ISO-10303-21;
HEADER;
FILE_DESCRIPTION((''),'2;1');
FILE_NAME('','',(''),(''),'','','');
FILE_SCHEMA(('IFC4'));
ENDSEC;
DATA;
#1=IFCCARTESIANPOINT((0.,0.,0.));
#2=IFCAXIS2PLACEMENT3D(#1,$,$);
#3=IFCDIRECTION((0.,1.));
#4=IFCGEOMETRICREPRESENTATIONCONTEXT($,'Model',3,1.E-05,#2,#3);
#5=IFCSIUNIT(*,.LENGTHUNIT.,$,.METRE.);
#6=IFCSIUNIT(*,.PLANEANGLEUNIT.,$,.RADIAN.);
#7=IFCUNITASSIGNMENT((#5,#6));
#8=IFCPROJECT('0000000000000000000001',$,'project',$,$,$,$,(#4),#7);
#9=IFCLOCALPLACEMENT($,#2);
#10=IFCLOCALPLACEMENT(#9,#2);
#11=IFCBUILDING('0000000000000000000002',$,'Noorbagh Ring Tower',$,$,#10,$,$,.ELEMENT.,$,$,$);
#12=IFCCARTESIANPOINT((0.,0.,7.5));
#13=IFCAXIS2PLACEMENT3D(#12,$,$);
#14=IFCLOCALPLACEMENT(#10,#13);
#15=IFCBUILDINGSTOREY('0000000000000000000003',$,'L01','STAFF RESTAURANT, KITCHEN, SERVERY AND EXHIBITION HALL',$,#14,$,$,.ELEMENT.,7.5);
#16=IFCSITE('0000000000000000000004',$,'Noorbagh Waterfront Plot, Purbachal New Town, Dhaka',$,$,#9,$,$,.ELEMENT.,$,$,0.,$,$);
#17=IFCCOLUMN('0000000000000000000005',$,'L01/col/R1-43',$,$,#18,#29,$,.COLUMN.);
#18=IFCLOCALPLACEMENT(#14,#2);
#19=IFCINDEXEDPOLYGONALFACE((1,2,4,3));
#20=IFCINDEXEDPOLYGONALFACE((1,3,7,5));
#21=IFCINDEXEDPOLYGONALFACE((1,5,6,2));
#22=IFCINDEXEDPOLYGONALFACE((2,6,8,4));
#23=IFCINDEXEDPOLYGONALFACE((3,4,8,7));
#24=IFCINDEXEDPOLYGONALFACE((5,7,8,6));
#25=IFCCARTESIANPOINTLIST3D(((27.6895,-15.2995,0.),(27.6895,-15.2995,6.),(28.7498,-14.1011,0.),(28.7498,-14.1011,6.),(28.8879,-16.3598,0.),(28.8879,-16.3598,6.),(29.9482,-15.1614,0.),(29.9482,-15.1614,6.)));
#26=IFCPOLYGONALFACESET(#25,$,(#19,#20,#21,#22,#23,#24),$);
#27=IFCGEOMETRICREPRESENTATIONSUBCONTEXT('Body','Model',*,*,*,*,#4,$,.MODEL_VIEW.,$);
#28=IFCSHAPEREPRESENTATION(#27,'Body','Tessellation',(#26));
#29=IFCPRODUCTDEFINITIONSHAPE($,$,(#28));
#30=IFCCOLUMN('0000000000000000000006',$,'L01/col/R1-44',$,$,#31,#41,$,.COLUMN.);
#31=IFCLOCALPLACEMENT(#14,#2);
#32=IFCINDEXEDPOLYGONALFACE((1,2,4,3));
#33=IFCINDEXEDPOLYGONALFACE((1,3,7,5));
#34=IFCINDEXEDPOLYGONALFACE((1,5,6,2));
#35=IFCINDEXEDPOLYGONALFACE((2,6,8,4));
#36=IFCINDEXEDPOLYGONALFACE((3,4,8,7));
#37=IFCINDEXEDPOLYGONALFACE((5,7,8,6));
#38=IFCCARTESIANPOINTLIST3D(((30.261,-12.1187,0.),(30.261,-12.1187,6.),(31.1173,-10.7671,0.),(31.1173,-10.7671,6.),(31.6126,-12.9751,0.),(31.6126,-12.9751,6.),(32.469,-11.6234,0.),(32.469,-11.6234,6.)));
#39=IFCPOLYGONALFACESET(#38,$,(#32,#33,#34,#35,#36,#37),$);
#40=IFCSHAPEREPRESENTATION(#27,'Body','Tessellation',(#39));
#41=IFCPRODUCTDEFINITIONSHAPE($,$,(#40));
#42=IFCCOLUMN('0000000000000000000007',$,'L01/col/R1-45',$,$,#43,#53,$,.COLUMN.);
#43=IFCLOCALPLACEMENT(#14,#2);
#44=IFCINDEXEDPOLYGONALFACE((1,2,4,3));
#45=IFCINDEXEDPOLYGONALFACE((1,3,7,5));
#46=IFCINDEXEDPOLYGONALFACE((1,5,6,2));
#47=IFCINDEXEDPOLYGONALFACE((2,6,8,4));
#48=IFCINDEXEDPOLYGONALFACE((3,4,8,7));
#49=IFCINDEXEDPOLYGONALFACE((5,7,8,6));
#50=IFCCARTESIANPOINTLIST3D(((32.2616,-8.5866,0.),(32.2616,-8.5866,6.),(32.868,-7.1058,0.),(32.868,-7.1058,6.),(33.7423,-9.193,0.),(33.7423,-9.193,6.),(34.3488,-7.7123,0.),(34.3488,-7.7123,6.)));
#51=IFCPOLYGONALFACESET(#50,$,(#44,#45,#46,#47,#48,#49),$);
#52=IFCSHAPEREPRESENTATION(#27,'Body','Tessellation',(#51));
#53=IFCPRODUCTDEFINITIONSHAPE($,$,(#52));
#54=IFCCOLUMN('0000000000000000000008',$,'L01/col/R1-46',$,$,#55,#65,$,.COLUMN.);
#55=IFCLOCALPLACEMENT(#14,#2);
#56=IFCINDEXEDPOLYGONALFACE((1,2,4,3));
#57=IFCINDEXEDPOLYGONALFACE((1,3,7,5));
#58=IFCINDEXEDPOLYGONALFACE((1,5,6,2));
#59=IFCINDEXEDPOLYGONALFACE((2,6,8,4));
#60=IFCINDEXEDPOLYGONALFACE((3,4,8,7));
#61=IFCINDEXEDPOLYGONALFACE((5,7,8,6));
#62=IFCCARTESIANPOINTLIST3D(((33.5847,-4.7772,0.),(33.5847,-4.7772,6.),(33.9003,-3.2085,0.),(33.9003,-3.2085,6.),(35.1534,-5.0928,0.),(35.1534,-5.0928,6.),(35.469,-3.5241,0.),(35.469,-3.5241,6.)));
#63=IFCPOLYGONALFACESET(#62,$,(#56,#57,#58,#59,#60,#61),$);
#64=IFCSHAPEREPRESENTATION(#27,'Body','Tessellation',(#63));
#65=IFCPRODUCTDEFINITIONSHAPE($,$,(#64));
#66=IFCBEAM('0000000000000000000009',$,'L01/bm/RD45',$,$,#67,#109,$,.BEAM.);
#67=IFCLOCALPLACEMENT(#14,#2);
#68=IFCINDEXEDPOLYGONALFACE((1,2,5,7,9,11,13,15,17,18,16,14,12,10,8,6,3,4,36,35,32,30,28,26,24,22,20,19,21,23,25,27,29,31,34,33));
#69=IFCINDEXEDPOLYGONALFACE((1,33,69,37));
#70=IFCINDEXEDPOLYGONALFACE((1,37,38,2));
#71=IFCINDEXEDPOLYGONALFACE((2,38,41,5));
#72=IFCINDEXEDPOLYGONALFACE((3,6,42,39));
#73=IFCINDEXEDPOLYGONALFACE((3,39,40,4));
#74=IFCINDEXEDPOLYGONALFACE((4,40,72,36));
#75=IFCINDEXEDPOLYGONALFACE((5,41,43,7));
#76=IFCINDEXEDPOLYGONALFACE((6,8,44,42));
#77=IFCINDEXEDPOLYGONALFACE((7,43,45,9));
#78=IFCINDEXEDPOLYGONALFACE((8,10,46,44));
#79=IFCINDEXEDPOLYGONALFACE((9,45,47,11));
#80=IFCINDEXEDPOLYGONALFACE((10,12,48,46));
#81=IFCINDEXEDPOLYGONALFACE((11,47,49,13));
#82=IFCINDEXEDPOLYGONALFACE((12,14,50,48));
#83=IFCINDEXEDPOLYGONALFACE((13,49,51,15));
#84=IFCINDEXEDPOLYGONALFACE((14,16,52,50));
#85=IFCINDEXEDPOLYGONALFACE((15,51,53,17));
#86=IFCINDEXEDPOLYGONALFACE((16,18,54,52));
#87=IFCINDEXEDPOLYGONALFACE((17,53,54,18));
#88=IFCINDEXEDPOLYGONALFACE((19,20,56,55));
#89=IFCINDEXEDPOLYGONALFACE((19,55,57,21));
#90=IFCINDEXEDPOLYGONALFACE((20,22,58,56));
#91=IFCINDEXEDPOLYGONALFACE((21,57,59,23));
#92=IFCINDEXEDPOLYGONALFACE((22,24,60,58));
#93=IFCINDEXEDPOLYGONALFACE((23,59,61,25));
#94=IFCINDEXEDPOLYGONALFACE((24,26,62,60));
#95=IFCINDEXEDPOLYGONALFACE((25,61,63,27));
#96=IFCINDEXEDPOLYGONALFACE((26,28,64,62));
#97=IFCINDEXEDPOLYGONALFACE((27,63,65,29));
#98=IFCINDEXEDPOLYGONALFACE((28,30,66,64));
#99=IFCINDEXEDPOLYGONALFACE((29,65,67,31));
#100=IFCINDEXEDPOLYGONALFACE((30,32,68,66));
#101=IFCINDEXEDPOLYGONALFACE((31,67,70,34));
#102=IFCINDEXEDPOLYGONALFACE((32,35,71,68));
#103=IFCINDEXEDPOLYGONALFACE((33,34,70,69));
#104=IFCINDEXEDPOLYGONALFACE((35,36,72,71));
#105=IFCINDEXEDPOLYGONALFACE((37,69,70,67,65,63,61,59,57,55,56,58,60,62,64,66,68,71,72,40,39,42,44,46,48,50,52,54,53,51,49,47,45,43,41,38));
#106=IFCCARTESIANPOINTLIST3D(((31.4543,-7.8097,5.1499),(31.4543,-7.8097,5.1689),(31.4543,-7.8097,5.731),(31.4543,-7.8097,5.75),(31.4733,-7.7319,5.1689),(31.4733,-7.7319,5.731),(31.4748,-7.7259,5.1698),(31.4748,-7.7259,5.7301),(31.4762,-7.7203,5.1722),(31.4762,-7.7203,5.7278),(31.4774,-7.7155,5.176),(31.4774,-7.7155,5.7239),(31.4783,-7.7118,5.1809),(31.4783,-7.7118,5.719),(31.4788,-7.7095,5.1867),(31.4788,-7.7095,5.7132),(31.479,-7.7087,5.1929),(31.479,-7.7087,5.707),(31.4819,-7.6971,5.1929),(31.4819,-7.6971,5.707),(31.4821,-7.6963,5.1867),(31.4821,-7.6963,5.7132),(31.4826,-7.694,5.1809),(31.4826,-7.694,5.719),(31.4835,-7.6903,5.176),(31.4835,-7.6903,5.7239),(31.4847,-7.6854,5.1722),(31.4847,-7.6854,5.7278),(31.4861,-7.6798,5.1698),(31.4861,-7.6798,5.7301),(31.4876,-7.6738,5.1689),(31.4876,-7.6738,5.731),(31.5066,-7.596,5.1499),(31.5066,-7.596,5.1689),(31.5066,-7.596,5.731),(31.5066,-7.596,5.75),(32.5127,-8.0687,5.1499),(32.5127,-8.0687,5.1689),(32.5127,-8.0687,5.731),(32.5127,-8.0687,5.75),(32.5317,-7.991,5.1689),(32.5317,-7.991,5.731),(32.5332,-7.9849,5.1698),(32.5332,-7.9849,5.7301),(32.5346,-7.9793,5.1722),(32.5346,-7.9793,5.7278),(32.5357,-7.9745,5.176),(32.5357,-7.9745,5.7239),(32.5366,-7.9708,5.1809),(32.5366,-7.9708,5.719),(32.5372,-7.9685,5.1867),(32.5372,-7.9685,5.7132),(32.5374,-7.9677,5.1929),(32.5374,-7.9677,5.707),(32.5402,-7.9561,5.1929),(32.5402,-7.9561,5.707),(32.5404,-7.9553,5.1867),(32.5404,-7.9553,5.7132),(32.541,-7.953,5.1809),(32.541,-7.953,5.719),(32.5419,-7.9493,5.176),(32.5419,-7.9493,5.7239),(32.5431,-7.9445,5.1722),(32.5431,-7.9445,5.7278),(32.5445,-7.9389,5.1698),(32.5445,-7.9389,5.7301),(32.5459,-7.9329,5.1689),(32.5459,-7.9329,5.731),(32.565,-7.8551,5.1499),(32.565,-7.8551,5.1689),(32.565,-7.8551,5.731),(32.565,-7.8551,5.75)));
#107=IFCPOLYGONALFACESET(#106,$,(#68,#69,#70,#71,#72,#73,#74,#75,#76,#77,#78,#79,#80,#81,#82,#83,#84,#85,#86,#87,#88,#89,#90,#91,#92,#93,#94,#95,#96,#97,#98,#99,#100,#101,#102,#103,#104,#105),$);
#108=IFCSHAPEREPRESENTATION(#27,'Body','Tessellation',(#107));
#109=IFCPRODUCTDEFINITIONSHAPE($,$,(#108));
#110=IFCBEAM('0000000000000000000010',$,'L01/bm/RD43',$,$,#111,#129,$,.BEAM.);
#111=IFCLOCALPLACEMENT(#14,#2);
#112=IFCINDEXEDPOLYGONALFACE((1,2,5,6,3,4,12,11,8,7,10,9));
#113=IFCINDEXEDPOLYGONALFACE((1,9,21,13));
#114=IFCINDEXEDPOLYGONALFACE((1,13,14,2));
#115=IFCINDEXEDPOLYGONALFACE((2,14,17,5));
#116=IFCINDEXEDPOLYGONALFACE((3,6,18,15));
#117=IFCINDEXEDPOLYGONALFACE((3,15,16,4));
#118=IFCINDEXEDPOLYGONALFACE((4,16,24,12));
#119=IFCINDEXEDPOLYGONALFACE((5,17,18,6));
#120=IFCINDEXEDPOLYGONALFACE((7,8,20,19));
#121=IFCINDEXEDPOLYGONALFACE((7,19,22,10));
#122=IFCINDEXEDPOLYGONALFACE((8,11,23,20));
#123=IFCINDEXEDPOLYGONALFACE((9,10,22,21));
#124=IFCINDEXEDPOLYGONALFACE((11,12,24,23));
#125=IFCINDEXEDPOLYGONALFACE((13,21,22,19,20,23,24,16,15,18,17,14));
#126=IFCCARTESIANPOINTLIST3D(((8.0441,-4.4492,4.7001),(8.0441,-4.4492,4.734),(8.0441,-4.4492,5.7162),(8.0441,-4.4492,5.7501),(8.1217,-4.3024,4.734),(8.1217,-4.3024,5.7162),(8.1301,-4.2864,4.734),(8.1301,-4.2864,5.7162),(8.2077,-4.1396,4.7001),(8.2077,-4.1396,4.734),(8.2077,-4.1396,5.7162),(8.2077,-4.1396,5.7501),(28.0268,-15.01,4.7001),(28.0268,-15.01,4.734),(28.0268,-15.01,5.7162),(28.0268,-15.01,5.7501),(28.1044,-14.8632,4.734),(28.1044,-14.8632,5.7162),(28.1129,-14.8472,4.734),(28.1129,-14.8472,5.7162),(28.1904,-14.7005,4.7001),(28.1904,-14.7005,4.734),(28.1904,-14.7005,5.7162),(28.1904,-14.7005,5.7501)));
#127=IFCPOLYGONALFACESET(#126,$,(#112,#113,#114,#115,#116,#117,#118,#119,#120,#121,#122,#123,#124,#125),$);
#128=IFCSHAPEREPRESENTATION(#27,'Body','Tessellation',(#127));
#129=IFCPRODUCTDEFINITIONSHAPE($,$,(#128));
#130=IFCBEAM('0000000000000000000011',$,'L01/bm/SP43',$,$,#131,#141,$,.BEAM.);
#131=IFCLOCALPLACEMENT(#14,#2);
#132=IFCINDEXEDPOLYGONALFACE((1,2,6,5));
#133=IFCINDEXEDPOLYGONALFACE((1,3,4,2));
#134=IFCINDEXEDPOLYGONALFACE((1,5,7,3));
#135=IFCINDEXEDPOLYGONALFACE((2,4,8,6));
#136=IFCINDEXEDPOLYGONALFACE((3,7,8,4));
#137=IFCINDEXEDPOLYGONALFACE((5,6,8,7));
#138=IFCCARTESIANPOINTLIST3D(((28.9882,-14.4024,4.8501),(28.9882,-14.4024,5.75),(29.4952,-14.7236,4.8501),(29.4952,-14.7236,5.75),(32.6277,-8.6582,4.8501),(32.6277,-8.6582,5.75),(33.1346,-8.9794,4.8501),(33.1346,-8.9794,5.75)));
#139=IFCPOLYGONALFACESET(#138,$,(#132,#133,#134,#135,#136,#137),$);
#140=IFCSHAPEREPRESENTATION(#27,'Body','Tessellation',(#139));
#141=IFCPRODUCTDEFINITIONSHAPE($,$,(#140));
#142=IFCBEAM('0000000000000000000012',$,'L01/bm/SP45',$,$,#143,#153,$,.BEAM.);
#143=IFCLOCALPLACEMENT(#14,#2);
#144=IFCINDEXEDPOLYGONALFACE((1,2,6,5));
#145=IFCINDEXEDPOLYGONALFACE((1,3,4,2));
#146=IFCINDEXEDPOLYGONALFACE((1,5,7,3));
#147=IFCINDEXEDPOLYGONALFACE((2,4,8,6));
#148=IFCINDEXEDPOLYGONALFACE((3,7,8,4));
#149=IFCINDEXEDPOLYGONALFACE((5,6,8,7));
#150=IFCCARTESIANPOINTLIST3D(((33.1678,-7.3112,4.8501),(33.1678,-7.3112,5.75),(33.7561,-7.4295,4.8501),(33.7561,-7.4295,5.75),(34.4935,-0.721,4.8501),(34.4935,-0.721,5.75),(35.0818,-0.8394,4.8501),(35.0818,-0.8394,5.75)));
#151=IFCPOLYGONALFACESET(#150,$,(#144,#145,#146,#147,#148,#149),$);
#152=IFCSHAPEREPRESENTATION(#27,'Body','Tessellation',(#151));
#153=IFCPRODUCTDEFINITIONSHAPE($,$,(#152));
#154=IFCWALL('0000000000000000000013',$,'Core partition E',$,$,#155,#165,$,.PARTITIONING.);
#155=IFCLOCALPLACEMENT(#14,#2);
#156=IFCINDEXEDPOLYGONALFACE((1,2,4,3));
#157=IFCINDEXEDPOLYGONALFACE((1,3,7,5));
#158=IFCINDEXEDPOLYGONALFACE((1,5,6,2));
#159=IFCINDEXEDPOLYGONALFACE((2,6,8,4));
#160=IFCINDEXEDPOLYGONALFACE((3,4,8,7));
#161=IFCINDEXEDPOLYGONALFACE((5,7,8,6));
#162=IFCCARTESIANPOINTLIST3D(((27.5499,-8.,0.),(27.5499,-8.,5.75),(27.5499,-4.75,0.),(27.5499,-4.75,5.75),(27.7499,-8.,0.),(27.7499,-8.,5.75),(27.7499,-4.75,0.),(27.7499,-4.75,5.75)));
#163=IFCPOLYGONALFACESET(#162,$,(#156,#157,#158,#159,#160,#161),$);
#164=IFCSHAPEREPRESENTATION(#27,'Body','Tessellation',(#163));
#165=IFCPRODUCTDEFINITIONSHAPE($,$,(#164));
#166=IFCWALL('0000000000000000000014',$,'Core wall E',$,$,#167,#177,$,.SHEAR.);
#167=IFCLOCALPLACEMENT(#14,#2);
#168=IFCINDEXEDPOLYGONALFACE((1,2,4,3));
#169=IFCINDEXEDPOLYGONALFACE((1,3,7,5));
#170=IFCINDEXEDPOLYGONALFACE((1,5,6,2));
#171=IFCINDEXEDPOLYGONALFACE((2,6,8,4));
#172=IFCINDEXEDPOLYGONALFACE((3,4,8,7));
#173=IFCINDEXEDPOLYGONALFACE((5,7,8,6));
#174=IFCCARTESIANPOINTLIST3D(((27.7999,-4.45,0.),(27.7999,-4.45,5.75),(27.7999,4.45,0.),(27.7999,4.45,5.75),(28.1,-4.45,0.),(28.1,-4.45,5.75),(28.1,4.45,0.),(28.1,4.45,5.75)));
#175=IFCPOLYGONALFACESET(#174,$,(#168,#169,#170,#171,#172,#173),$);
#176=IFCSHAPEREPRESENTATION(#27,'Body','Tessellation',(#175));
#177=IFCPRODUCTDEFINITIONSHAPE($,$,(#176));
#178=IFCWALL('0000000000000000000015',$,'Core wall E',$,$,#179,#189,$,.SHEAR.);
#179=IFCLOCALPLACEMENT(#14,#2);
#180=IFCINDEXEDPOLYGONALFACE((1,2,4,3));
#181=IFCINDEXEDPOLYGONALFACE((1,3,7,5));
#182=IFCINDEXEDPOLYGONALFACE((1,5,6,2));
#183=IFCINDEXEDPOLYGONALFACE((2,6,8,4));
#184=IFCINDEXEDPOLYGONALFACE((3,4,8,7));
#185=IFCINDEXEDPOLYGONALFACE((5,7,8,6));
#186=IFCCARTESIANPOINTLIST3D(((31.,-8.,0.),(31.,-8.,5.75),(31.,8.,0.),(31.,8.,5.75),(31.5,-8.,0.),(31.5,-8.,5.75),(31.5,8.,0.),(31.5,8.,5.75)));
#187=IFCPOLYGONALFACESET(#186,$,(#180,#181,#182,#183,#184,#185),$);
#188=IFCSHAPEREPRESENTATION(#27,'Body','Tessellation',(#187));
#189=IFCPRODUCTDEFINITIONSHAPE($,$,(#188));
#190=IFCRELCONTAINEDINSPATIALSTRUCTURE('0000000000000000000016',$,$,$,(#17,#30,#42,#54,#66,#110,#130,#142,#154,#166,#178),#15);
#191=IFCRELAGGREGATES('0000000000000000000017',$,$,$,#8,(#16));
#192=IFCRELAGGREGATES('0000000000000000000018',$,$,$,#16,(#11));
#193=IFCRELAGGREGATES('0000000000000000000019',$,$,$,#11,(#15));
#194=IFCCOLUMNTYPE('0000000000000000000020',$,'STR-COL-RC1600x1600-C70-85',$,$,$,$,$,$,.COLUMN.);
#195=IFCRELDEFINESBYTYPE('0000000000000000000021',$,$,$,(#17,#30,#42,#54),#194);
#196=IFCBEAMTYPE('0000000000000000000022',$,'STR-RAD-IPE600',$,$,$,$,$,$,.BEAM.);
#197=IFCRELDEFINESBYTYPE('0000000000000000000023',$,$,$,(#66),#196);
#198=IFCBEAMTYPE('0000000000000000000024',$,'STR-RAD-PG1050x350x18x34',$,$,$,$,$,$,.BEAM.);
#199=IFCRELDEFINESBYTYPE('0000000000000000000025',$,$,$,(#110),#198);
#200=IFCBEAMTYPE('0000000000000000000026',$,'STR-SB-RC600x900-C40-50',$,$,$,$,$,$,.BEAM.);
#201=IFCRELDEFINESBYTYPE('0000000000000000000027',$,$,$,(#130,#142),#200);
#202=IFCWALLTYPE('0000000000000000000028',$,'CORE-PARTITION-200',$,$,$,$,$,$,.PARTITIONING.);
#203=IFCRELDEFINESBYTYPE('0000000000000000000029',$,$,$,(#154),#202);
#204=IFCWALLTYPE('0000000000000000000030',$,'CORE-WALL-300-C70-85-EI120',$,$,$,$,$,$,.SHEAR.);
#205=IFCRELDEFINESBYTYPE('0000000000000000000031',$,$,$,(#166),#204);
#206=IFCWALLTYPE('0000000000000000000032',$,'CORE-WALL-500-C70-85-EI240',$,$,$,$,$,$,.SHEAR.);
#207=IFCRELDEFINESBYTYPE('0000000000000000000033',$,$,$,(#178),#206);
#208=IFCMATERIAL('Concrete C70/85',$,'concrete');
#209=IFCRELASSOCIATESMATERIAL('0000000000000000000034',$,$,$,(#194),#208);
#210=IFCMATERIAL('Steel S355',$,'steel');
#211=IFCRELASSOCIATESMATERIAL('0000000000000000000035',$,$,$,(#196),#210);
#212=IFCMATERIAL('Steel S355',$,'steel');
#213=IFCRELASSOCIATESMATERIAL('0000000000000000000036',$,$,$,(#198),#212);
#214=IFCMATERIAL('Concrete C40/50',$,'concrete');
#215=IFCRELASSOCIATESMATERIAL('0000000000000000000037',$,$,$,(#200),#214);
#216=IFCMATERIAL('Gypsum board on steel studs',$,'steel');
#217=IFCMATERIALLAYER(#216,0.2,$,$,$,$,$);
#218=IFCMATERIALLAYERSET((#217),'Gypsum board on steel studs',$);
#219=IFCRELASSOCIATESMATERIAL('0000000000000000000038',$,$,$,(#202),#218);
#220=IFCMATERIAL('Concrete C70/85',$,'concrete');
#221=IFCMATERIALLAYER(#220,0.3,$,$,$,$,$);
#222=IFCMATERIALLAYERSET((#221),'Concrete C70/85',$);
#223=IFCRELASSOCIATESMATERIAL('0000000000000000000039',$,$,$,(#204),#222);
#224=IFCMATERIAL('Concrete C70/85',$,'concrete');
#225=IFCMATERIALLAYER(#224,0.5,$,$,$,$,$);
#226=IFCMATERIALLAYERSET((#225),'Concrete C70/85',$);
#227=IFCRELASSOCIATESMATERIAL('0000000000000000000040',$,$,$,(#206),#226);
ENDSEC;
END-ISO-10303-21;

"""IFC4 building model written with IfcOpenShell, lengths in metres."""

from ifc_helpers import new_model, si_unit, direction, frame, frame_2d, origin, origin_2d, place, context, subcontext, project, spatial, rectangle, i_section, extrude, material, layer, layer_set, material_profile, profile_set, type_object, element, save


model = new_model("IFC4")

# Units and contexts
model_context = context("Model", 3, precision=1e-05, world=origin(), true_north=direction((0.0, 1.0)))
body_context = subcontext(model_context, "Body", "Model", "MODEL_VIEW")
ifc_project = project(units=[si_unit("LENGTHUNIT", "METRE"), si_unit("PLANEANGLEUNIT", "RADIAN")], contexts=[model_context])

# Site, building, storey
site_placement = place(None, origin())
site = spatial("IfcSite", under=ifc_project, at=site_placement, Name="Noorbagh Waterfront Plot, Purbachal New Town, Dhaka", CompositionType="ELEMENT", RefElevation=0.0)
building_placement = place(site_placement, origin())
building = spatial("IfcBuilding", under=site, at=building_placement, Name="Noorbagh Ring Tower", CompositionType="ELEMENT")
storey_placement = place(building_placement, frame((0.0, 0.0, 7.5)))
storey = spatial("IfcBuildingStorey", under=building, at=storey_placement, Name="L01", Description="STAFF RESTAURANT, KITCHEN, SERVERY AND EXHIBITION HALL", CompositionType="ELEMENT", Elevation=7.5)

# Columns
ifc_material_1 = material(Name="Concrete C70/85", Category="concrete")
ifc_material_profile_1 = material_profile(ifc_material_1, rectangle(XDim=1.6001, YDim=1.6001, at=origin_2d()), Name="RC1600x1600")
ifc_profile_set_1 = profile_set([ifc_material_profile_1], Name="Concrete C70/85")
column_type = type_object("IfcColumnType", Name="STR-COL-RC1600x1600-C70-85", PredefinedType="COLUMN", material=ifc_profile_set_1)
for number, where, z_axis, x_axis, name in (
    (1, (28.8188, -15.2305, 0.0), (0.0, 0.0, 1.0), (0.662636, 0.748942, 0.0), "L01/col/R1-43"),
    (2, (31.365, -11.8711, 0.0), (0.0, 0.0, 1.0), (0.53519, 0.844731, 0.0), "L01/col/R1-44"),
    (3, (33.3052, -8.1494, 0.0), (0.0, 0.0, 1.0), (0.378989, 0.925401, 0.0), "L01/col/R1-45"),
    (4, (34.5269, -4.1506, 0.0), (0.0, 0.0, 1.0), (0.19723, 0.980357, 0.0), "L01/col/R1-46"),
):
    element("IfcColumn", number, at=place(storey_placement, frame(where, z_axis=z_axis, x_axis=x_axis)), inside=storey, type_object=column_type, Name=name, PredefinedType="COLUMN", context=body_context, shape_type="SweptSolid", body=[
        extrude(rectangle(XDim=1.6001, YDim=1.6001, at=origin_2d()), origin(), (0.0, 0.0, 1.0), 6.0),
    ])

# Beams
ifc_material_2 = material(Name="Steel S355", Category="steel")
ifc_material_profile_2 = material_profile(ifc_material_2, i_section(OverallWidth=0.22, OverallDepth=0.6001, WebThickness=0.012, FlangeThickness=0.019, FilletRadius=0.0239, at=origin_2d()), Name="IPE600")
ifc_profile_set_2 = profile_set([ifc_material_profile_2], Name="Steel S355")
beam_type_1 = type_object("IfcBeamType", Name="STR-RAD-IPE600", PredefinedType="BEAM", material=ifc_profile_set_2)
beam_1_placement = place(storey_placement, frame((32.5388, -7.9619, 5.45), z_axis=(-0.97133, 0.237735, 0.0), x_axis=(-0.237735, -0.97133, 0.0)))
element("IfcBeam", 5, at=beam_1_placement, inside=storey, type_object=beam_type_1, Name="L01/bm/RD45", PredefinedType="BEAM", context=body_context, shape_type="SweptSolid", body=[
    extrude(i_section(OverallWidth=0.22, OverallDepth=0.6001, WebThickness=0.012, FlangeThickness=0.019, FilletRadius=0.0239, at=origin_2d()), origin(), (0.0, 0.0, 1.0), 1.0896),
])
ifc_material_3 = material(Name="Steel S355", Category="steel")
ifc_material_profile_3 = material_profile(ifc_material_3, i_section(OverallWidth=0.3501, OverallDepth=1.05, WebThickness=0.0181, FlangeThickness=0.0339, at=origin_2d()), Name="PG1050x350x18x34")
ifc_profile_set_3 = profile_set([ifc_material_profile_3], Name="Steel S355")
beam_type_2 = type_object("IfcBeamType", Name="STR-RAD-PG1050x350x18x34", PredefinedType="BEAM", material=ifc_profile_set_3)
beam_2_placement = place(storey_placement, frame((28.1086, -14.8552, 5.2251), z_axis=(-0.884122, 0.467256, 0.0), x_axis=(-0.467256, -0.884122, 0.0)))
element("IfcBeam", 6, at=beam_2_placement, inside=storey, type_object=beam_type_2, Name="L01/bm/RD43", PredefinedType="BEAM", context=body_context, shape_type="SweptSolid", body=[
    extrude(i_section(OverallWidth=0.3501, OverallDepth=1.05, WebThickness=0.0181, FlangeThickness=0.0339, at=origin_2d()), origin(), (0.0, 0.0, 1.0), 22.6018),
])
ifc_material_4 = material(Name="Concrete C40/50", Category="concrete")
ifc_material_profile_4 = material_profile(ifc_material_4, rectangle(XDim=0.6001, YDim=0.8999, at=origin_2d()), Name="RC600x900")
ifc_profile_set_4 = profile_set([ifc_material_profile_4], Name="Concrete C40/50")
beam_type_3 = type_object("IfcBeamType", Name="STR-SB-RC600x900-C40-50", PredefinedType="BEAM", material=ifc_profile_set_4)
beam_3_placement = place(storey_placement, frame((29.2417, -14.563, 5.3), z_axis=(0.535204, 0.844723, 0.0), x_axis=(-0.844723, 0.535204, 0.0)))
element("IfcBeam", 7, at=beam_3_placement, inside=storey, type_object=beam_type_3, Name="L01/bm/SP43", PredefinedType="BEAM", context=body_context, shape_type="SweptSolid", body=[
    extrude(rectangle(XDim=0.6001, YDim=0.8999, at=origin_2d()), origin(), (0.0, 0.0, 1.0), 6.8),
])
beam_4_placement = place(storey_placement, frame((33.4619, -7.3704, 5.3), z_axis=(0.197213, 0.980361, 0.0), x_axis=(-0.980361, 0.197213, 0.0)))
element("IfcBeam", 8, at=beam_4_placement, inside=storey, type_object=beam_type_3, Name="L01/bm/SP45", PredefinedType="BEAM", context=body_context, shape_type="SweptSolid", body=[
    extrude(rectangle(XDim=0.6001, YDim=0.8999, at=origin_2d()), origin(), (0.0, 0.0, 1.0), 6.7222),
])

# Walls
ifc_material_5 = material(Name="Gypsum board on steel studs", Category="steel")
ifc_layer_1 = layer(ifc_material_5, 0.2)
ifc_layer_set_1 = layer_set([ifc_layer_1], Name="Gypsum board on steel studs")
wall_type_1 = type_object("IfcWallType", Name="CORE-PARTITION-200", PredefinedType="PARTITIONING", material=ifc_layer_set_1)
wall_1_placement = place(storey_placement, frame((27.6499, -8.0, 0.0), z_axis=(0.0, 0.0, 1.0), x_axis=(0.0, 1.0, 0.0)))
element("IfcWall", 9, at=wall_1_placement, inside=storey, type_object=wall_type_1, Name="Core partition E", PredefinedType="PARTITIONING", context=body_context, shape_type="SweptSolid", body=[
    extrude(rectangle(XDim=3.25, YDim=0.2, at=frame_2d((1.625, 0.0))), origin(), (0.0, 0.0, 1.0), 5.75),
])
ifc_material_6 = material(Name="Concrete C70/85", Category="concrete")
ifc_layer_2 = layer(ifc_material_6, 0.3)
ifc_layer_set_2 = layer_set([ifc_layer_2], Name="Concrete C70/85")
wall_type_2 = type_object("IfcWallType", Name="CORE-WALL-300-C70-85-EI120", PredefinedType="SHEAR", material=ifc_layer_set_2)
wall_2_placement = place(storey_placement, frame((27.95, -4.45, 0.0), z_axis=(0.0, 0.0, 1.0), x_axis=(0.0, 1.0, 0.0)))
element("IfcWall", 10, at=wall_2_placement, inside=storey, type_object=wall_type_2, Name="Core wall E", PredefinedType="SHEAR", context=body_context, shape_type="SweptSolid", body=[
    extrude(rectangle(XDim=8.8999, YDim=0.3, at=frame_2d((4.45, 0.0))), origin(), (0.0, 0.0, 1.0), 5.75),
])
ifc_material_7 = material(Name="Concrete C70/85", Category="concrete")
ifc_layer_3 = layer(ifc_material_7, 0.5)
ifc_layer_set_3 = layer_set([ifc_layer_3], Name="Concrete C70/85")
wall_type_3 = type_object("IfcWallType", Name="CORE-WALL-500-C70-85-EI240", PredefinedType="SHEAR", material=ifc_layer_set_3)
wall_3_placement = place(storey_placement, frame((31.25, -8.0, 0.0), z_axis=(0.0, 0.0, 1.0), x_axis=(0.0, 1.0, 0.0)))
element("IfcWall", 11, at=wall_3_placement, inside=storey, type_object=wall_type_3, Name="Core wall E", PredefinedType="SHEAR", context=body_context, shape_type="SweptSolid", body=[
    extrude(rectangle(XDim=16.0, YDim=0.5, at=frame_2d((8.0, 0.0))), origin(), (0.0, 0.0, 1.0), 5.75),
])

save(model, "model.ifc")
